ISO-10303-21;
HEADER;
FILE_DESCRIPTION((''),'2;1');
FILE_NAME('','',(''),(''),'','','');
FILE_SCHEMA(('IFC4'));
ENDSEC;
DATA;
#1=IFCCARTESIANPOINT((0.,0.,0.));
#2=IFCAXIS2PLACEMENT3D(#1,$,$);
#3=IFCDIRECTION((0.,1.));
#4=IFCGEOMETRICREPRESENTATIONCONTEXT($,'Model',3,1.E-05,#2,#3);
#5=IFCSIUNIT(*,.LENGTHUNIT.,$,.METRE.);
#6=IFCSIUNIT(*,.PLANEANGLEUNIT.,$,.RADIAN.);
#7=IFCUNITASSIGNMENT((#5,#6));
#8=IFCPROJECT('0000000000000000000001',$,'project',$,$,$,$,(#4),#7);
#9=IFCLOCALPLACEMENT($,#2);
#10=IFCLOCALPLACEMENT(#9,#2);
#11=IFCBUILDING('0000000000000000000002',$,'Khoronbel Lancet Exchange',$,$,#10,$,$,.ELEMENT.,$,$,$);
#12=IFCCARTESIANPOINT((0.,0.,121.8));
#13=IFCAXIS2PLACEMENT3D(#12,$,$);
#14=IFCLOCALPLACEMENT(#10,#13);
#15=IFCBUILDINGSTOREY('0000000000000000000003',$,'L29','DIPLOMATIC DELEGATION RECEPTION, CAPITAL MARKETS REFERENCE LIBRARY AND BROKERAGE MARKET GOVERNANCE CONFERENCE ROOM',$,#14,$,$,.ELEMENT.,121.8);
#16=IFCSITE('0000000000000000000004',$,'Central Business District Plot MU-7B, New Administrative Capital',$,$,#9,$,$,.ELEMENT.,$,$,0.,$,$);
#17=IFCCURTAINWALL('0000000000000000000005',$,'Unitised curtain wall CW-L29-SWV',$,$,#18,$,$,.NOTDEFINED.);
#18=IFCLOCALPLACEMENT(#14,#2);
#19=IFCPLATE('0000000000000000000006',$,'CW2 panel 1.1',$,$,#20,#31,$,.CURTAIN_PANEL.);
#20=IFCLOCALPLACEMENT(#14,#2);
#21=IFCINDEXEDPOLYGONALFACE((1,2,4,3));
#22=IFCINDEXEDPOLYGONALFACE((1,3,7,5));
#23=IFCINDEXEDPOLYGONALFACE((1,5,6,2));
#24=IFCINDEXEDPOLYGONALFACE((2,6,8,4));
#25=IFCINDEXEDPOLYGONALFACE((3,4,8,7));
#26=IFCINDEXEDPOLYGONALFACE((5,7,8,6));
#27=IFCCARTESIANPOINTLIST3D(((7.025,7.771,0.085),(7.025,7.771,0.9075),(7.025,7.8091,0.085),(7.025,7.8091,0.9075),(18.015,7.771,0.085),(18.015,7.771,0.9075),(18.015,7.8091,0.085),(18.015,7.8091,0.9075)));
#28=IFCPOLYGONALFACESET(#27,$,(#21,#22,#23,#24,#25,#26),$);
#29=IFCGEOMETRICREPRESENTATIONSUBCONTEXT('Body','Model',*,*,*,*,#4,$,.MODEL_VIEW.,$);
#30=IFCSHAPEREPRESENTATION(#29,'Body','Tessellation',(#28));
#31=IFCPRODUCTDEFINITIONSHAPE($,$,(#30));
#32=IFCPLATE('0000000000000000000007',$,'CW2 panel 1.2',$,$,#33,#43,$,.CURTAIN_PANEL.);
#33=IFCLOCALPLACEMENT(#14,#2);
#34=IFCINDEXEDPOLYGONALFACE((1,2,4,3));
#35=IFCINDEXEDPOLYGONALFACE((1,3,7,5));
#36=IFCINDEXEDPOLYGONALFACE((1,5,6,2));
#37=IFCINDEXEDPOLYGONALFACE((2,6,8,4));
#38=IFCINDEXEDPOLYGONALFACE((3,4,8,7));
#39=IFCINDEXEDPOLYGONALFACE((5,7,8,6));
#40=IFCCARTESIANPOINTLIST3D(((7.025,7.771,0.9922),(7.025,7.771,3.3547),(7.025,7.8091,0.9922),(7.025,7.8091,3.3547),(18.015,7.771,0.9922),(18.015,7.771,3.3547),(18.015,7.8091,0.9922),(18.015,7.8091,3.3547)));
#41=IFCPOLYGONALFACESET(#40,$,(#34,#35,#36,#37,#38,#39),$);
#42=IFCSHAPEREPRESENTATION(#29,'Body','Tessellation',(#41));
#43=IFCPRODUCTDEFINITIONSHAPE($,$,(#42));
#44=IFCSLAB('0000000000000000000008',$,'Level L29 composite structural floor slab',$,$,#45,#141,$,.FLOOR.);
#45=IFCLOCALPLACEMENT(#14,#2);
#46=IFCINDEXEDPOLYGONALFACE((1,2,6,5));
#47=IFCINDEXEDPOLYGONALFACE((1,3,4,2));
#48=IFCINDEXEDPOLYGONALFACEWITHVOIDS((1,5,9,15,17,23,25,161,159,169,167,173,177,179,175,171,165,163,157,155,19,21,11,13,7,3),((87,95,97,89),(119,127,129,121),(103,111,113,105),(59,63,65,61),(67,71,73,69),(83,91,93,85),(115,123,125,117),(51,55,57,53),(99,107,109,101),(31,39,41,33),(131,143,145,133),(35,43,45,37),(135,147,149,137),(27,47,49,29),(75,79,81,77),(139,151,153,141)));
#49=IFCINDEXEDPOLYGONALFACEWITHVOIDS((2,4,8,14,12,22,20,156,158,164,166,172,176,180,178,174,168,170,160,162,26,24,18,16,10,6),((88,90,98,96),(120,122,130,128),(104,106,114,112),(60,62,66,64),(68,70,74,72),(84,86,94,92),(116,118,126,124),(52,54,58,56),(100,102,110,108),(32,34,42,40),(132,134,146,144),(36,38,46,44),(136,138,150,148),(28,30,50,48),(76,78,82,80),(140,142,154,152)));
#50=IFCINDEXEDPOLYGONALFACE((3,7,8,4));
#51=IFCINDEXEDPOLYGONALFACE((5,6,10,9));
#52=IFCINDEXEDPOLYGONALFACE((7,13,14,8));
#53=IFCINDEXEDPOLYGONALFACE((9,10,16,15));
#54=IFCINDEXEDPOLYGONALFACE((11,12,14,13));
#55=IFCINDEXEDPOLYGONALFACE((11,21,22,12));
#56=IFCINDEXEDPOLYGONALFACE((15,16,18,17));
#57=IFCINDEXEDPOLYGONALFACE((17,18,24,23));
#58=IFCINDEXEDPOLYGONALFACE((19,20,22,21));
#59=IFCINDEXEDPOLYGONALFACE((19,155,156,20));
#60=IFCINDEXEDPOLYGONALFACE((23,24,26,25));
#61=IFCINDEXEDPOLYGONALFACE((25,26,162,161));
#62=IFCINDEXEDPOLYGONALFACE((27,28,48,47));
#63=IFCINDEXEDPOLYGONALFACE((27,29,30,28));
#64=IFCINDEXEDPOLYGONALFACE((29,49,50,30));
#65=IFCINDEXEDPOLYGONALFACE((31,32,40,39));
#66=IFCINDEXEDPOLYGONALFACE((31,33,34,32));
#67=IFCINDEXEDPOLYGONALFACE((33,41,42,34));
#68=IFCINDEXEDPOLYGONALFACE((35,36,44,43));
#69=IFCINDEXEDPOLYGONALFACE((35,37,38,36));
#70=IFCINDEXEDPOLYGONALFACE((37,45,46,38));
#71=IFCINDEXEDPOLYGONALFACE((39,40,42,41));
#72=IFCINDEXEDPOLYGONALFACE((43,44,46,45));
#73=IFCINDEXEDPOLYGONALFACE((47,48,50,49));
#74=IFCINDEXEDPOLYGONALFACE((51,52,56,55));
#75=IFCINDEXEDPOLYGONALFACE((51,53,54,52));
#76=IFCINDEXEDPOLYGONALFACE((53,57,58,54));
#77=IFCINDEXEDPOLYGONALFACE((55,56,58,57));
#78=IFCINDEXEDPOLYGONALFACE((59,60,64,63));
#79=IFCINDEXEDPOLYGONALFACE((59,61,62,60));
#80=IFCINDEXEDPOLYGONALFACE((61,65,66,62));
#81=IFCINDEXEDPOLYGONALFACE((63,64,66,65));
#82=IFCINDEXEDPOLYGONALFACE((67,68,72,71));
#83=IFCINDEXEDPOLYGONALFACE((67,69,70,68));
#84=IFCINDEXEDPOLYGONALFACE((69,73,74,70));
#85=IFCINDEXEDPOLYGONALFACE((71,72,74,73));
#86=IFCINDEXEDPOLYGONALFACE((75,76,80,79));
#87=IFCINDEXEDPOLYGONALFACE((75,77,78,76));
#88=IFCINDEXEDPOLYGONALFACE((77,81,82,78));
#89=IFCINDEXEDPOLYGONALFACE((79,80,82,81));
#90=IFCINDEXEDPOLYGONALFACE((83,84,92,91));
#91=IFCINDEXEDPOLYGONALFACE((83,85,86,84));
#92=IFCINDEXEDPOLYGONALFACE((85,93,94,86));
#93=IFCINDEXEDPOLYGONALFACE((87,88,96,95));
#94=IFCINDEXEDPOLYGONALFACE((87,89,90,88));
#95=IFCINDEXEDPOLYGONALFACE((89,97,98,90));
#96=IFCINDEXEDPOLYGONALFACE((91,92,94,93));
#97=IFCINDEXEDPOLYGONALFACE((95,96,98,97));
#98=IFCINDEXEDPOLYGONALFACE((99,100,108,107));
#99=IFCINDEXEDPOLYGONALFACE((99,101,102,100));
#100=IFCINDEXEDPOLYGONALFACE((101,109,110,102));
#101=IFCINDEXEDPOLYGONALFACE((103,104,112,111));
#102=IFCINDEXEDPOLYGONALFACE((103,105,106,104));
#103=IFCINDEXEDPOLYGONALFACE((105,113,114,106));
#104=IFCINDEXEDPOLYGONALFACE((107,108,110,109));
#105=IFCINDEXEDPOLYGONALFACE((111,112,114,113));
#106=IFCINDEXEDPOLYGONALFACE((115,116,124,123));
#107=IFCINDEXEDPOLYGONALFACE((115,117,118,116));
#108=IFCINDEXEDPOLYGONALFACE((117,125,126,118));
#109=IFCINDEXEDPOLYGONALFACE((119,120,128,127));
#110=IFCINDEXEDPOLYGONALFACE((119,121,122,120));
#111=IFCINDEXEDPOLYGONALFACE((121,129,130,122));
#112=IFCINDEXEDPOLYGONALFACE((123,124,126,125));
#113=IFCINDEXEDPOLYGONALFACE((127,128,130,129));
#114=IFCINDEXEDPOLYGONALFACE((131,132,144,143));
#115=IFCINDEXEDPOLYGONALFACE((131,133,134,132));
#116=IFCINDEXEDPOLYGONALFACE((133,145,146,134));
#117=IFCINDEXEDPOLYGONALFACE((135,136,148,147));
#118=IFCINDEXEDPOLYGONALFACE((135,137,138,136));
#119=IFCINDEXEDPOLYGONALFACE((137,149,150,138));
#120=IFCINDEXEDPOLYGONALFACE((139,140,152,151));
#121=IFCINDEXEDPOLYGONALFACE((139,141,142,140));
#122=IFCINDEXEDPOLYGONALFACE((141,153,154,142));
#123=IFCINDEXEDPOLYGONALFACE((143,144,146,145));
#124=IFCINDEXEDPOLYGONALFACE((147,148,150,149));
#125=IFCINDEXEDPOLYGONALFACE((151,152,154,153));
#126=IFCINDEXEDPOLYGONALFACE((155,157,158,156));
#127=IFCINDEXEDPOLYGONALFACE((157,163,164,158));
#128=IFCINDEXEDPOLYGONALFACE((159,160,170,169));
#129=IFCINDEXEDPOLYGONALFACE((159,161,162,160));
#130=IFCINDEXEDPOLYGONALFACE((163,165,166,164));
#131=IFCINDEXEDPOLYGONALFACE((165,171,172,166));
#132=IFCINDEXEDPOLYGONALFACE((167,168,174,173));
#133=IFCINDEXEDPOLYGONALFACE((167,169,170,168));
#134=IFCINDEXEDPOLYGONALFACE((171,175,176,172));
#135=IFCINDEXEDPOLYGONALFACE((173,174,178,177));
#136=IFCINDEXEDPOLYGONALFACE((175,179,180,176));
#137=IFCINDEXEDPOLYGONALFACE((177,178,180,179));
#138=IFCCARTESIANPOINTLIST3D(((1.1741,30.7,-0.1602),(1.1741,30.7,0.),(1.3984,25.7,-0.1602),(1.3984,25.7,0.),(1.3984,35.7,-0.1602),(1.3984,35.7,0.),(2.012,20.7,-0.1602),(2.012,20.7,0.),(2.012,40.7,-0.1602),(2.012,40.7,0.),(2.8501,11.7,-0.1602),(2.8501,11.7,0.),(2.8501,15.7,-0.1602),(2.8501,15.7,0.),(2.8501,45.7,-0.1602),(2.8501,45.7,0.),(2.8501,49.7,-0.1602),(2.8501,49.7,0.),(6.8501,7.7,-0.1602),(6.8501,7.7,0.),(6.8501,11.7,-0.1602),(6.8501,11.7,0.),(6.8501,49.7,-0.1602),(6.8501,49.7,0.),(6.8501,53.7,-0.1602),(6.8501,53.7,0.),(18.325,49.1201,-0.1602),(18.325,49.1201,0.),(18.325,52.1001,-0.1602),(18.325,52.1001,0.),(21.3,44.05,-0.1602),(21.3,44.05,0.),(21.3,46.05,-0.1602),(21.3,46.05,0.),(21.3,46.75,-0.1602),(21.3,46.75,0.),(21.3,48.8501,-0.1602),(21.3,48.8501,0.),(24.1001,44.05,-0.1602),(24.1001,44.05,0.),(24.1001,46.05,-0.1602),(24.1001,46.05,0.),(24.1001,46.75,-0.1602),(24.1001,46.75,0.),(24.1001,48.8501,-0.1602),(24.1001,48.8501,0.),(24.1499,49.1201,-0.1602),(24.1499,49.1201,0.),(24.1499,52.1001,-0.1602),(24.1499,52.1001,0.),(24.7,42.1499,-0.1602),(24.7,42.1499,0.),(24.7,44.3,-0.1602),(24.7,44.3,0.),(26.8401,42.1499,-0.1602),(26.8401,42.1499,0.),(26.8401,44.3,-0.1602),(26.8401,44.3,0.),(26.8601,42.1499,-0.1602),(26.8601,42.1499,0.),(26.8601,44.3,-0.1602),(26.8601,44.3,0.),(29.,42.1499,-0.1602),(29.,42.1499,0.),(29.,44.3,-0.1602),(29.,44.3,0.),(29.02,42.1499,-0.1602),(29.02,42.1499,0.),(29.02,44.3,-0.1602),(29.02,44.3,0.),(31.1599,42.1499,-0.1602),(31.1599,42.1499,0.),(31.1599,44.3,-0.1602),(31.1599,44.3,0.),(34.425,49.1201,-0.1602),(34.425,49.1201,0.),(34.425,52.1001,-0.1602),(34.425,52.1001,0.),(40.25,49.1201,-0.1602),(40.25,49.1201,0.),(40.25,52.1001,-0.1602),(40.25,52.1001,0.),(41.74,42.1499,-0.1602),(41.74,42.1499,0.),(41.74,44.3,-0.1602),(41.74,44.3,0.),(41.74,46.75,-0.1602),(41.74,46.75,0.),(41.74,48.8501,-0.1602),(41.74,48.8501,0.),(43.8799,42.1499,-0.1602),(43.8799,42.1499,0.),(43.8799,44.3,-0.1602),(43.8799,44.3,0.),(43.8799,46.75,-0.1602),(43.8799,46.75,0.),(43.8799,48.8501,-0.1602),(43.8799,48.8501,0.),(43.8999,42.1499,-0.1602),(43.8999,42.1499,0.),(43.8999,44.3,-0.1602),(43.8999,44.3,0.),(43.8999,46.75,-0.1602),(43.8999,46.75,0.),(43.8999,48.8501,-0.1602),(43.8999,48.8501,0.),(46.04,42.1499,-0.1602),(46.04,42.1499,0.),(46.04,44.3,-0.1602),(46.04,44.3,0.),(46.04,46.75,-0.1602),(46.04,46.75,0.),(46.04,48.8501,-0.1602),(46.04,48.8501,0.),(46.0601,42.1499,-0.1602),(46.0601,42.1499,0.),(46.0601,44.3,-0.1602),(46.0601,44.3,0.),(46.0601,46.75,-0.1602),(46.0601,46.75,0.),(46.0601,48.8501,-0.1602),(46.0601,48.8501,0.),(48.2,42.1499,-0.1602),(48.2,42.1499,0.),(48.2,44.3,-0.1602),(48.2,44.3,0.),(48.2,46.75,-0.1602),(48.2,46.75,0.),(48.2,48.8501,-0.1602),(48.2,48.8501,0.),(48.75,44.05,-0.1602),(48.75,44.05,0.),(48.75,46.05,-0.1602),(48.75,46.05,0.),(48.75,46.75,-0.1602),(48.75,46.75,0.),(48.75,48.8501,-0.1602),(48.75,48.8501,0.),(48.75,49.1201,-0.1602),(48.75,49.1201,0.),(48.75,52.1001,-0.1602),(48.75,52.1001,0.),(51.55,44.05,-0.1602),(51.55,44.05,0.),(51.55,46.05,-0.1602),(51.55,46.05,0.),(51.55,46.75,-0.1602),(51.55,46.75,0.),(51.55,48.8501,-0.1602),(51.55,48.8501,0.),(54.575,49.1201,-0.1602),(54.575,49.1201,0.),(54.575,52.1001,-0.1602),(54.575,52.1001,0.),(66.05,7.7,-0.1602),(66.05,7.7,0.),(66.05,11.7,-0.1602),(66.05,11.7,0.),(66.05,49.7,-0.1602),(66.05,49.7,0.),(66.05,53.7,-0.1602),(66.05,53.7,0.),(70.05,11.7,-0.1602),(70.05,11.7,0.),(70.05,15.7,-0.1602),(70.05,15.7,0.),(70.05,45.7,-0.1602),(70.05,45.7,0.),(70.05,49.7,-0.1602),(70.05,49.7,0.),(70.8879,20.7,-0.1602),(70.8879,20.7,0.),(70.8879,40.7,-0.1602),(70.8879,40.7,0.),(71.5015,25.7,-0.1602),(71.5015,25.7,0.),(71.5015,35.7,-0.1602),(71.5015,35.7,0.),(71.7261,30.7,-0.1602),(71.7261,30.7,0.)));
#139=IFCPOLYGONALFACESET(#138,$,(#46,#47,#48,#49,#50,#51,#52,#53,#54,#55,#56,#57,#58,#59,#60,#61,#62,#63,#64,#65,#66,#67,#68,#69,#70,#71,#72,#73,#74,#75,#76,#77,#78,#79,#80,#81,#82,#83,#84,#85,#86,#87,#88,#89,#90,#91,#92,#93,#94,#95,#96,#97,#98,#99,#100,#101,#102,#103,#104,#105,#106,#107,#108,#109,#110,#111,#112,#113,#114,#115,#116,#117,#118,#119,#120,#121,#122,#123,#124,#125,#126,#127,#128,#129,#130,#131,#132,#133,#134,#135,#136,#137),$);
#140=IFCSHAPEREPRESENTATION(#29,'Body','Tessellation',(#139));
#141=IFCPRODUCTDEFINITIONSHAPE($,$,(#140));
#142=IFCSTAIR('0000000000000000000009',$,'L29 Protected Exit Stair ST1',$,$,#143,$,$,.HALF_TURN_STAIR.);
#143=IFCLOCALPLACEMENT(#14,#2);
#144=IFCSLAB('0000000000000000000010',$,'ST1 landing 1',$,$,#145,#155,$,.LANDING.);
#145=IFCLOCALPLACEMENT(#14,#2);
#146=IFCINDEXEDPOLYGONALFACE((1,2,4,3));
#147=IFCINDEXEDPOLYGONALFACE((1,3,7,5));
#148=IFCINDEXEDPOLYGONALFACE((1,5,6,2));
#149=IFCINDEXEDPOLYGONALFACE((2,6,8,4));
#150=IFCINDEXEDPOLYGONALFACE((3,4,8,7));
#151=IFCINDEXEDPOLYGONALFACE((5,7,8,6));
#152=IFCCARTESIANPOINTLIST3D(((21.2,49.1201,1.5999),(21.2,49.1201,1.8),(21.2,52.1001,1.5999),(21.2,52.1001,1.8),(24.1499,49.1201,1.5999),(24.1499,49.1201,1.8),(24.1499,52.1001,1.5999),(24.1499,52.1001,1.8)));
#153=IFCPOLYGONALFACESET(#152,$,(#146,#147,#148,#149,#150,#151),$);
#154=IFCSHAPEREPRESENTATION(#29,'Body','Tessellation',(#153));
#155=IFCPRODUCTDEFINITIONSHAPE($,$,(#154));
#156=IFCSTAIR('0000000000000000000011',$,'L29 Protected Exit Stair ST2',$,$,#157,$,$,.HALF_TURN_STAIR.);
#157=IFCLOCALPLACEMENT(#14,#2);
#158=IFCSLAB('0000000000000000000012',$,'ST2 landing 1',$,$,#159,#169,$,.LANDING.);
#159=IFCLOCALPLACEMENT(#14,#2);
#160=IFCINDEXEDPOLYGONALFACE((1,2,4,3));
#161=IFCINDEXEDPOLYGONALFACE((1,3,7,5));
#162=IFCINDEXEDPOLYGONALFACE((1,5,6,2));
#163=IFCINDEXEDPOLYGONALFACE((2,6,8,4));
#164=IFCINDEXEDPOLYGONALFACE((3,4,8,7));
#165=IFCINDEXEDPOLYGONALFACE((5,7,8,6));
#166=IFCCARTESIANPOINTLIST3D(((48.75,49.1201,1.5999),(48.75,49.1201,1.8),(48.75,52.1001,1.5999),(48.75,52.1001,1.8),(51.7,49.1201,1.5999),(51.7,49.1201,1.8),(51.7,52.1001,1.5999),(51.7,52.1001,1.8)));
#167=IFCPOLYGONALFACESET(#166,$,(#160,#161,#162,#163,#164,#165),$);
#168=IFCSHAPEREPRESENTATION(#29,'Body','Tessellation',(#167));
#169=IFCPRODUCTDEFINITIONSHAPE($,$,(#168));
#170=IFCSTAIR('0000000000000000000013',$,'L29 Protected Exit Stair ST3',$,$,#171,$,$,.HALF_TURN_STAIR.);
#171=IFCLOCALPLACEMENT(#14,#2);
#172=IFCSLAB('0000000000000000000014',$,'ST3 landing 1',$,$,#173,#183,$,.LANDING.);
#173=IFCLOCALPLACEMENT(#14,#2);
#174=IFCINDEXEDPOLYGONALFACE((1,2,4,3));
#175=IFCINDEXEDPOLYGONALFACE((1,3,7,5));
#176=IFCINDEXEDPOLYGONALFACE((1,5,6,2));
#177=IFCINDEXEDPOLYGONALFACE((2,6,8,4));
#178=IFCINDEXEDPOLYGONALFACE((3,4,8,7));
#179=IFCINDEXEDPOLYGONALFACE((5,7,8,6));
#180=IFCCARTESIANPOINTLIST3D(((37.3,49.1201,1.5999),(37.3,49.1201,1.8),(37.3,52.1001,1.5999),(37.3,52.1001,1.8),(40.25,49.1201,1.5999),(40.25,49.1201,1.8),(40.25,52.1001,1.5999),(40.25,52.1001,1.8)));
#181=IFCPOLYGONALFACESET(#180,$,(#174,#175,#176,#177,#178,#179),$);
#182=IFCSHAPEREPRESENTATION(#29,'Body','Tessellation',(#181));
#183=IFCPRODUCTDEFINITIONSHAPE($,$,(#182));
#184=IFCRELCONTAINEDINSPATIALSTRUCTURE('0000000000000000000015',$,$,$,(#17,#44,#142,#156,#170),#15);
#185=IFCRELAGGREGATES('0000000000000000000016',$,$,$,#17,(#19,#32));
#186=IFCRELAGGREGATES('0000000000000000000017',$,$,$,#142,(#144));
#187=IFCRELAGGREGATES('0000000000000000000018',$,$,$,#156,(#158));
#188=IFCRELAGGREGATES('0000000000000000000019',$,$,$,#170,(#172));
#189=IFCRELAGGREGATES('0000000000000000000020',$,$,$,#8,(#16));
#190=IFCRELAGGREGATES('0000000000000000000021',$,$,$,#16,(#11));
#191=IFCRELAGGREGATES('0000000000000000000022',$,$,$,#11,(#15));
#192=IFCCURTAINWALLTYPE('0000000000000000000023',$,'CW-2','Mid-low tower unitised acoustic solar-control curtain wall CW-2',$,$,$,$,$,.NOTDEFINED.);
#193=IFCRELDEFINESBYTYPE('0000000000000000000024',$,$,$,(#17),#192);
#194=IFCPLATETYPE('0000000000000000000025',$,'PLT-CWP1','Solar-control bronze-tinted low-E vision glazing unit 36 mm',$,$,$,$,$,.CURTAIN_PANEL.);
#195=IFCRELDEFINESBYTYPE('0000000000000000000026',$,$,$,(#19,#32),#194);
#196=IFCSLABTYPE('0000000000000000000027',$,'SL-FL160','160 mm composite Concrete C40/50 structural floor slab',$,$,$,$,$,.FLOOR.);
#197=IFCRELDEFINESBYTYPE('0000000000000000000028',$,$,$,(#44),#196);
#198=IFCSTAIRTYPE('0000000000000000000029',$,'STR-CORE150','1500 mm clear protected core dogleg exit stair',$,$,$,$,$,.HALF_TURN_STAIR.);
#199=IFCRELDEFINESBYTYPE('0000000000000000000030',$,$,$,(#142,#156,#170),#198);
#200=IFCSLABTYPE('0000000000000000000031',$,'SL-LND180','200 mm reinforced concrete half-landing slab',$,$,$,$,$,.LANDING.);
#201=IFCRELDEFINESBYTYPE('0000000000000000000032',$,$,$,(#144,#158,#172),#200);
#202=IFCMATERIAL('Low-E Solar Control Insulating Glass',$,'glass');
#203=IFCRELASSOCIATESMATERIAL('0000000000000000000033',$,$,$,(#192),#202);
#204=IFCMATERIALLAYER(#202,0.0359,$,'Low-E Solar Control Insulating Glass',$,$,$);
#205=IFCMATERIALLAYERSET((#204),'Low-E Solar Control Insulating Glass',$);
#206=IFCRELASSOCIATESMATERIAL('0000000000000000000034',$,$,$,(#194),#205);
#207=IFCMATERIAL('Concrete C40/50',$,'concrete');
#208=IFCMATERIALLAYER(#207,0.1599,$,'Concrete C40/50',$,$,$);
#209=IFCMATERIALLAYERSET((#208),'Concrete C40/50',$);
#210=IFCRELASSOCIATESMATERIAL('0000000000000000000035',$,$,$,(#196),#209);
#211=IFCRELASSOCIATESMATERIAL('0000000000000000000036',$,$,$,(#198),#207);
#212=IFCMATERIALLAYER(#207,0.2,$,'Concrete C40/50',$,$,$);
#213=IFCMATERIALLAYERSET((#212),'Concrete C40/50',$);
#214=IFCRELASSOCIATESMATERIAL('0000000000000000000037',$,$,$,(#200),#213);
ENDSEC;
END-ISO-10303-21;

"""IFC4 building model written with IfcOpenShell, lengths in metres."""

from ifc_helpers import new_model, si_unit, direction, frame, origin, origin_2d, place, context, subcontext, project, spatial, polyline, rectangle, outline, extrude, material, layer, layer_set, type_object, element, aggregate, save


model = new_model("IFC4")

# Units and contexts
model_context = context("Model", 3, precision=1e-05, world=origin(), true_north=direction((0.0, 1.0)))
body_context = subcontext(model_context, "Body", "Model", "MODEL_VIEW")
ifc_project = project(units=[si_unit("LENGTHUNIT", "METRE"), si_unit("PLANEANGLEUNIT", "RADIAN")], contexts=[model_context])

# Site, building, storey
site_placement = place(None, origin())
site = spatial("IfcSite", under=ifc_project, at=site_placement, Name="Central Business District Plot MU-7B, New Administrative Capital", CompositionType="ELEMENT", RefElevation=0.0)
building_placement = place(site_placement, origin())
building = spatial("IfcBuilding", under=site, at=building_placement, Name="Khoronbel Lancet Exchange", CompositionType="ELEMENT")
storey_placement = place(building_placement, frame((0.0, 0.0, 121.8)))
storey = spatial("IfcBuildingStorey", under=building, at=storey_placement, Name="L29", Description="DIPLOMATIC DELEGATION RECEPTION, CAPITAL MARKETS REFERENCE LIBRARY AND BROKERAGE MARKET GOVERNANCE CONFERENCE ROOM", CompositionType="ELEMENT", Elevation=121.8)

# Curtain wall
ifc_material_1 = material(Name="Low-E Solar Control Insulating Glass", Category="glass")
curtain_wall_type = type_object("IfcCurtainWallType", Name="CW-2", Description="Mid-low tower unitised acoustic solar-control curtain wall CW-2", PredefinedType="NOTDEFINED", material=ifc_material_1)
curtain_wall_1_placement = place(storey_placement, origin())
curtain_wall_1 = element("IfcCurtainWall", 1, at=curtain_wall_1_placement, inside=storey, type_object=curtain_wall_type, Name="Unitised curtain wall CW-L29-SWV", PredefinedType="NOTDEFINED")

# Plates
ifc_layer_1 = layer(ifc_material_1, 0.0359, Name="Low-E Solar Control Insulating Glass")
ifc_layer_set_1 = layer_set([ifc_layer_1], Name="Low-E Solar Control Insulating Glass")
plate_type = type_object("IfcPlateType", Name="PLT-CWP1", Description="Solar-control bronze-tinted low-E vision glazing unit 36 mm", PredefinedType="CURTAIN_PANEL", material=ifc_layer_set_1)
plate_1_placement = place(storey_placement, frame((12.52, 7.79, 0.085), z_axis=(0.0, 0.0, 1.0), x_axis=(1.0, 0.0, 0.0)))
plate_1 = element("IfcPlate", 2, at=plate_1_placement, type_object=plate_type, Name="CW2 panel 1.1", PredefinedType="CURTAIN_PANEL", context=body_context, shape_type="SweptSolid", body=[
    extrude(rectangle(XDim=10.99, YDim=0.0381, at=origin_2d()), origin(), (0.0, 0.0, 1.0), 0.8225),
])
plate_2_placement = place(storey_placement, frame((12.52, 7.79, 0.9922), z_axis=(0.0, 0.0, 1.0), x_axis=(1.0, 0.0, 0.0)))
plate_2 = element("IfcPlate", 3, at=plate_2_placement, type_object=plate_type, Name="CW2 panel 1.2", PredefinedType="CURTAIN_PANEL", context=body_context, shape_type="SweptSolid", body=[
    extrude(rectangle(XDim=10.99, YDim=0.0381, at=origin_2d()), origin(), (0.0, 0.0, 1.0), 2.3625),
])
aggregate(curtain_wall_1, [plate_1, plate_2])

# Slab
ifc_material_2 = material(Name="Concrete C40/50", Category="concrete")
ifc_layer_2 = layer(ifc_material_2, 0.1599, Name="Concrete C40/50")
ifc_layer_set_2 = layer_set([ifc_layer_2], Name="Concrete C40/50")
slab_type_1 = type_object("IfcSlabType", Name="SL-FL160", Description="160 mm composite Concrete C40/50 structural floor slab", PredefinedType="FLOOR", material=ifc_layer_set_2)
slab_1_placement = place(storey_placement, frame((0.0, 0.0, -0.1602)))
element("IfcSlab", 4, at=slab_1_placement, inside=storey, type_object=slab_type_1, Name="Level L29 composite structural floor slab", PredefinedType="FLOOR", context=body_context, shape_type="SweptSolid", body=[
    extrude(outline(polyline([(6.8501, 7.7), (66.05, 7.7), (66.05, 11.7), (70.05, 11.7), (70.05, 15.7), (70.8879, 20.7), (71.5015, 25.7), (71.7261, 30.7), (71.5015, 35.7), (70.8879, 40.7), (70.05, 45.7), (70.05, 49.7), (66.05, 49.7), (66.05, 53.7), (6.8501, 53.7), (6.8501, 49.7), (2.8501, 49.7), (2.8501, 45.7), (2.012, 40.7), (1.3984, 35.7), (1.1741, 30.7), (1.3984, 25.7), (2.012, 20.7), (2.8501, 15.7), (2.8501, 11.7), (6.8501, 11.7), (6.8501, 7.7)]), holes=[polyline([(18.325, 49.1201), (24.1499, 49.1201), (24.1499, 52.1001), (18.325, 52.1001), (18.325, 49.1201)]), polyline([(48.75, 49.1201), (54.575, 49.1201), (54.575, 52.1001), (48.75, 52.1001), (48.75, 49.1201)]), polyline([(34.425, 49.1201), (40.25, 49.1201), (40.25, 52.1001), (34.425, 52.1001), (34.425, 49.1201)]), polyline([(24.7, 42.1499), (26.8401, 42.1499), (26.8401, 44.3), (24.7, 44.3), (24.7, 42.1499)]), polyline([(26.8601, 42.1499), (29.0, 42.1499), (29.0, 44.3), (26.8601, 44.3), (26.8601, 42.1499)]), polyline([(29.02, 42.1499), (31.1599, 42.1499), (31.1599, 44.3), (29.02, 44.3), (29.02, 42.1499)]), polyline([(41.74, 46.75), (43.8799, 46.75), (43.8799, 48.8501), (41.74, 48.8501), (41.74, 46.75)]), polyline([(43.8999, 46.75), (46.04, 46.75), (46.04, 48.8501), (43.8999, 48.8501), (43.8999, 46.75)]), polyline([(46.0601, 46.75), (48.2, 46.75), (48.2, 48.8501), (46.0601, 48.8501), (46.0601, 46.75)]), polyline([(41.74, 42.1499), (43.8799, 42.1499), (43.8799, 44.3), (41.74, 44.3), (41.74, 42.1499)]), polyline([(43.8999, 42.1499), (46.04, 42.1499), (46.04, 44.3), (43.8999, 44.3), (43.8999, 42.1499)]), polyline([(46.0601, 42.1499), (48.2, 42.1499), (48.2, 44.3), (46.0601, 44.3), (46.0601, 42.1499)]), polyline([(21.3, 46.75), (24.1001, 46.75), (24.1001, 48.8501), (21.3, 48.8501), (21.3, 46.75)]), polyline([(48.75, 46.75), (51.55, 46.75), (51.55, 48.8501), (48.75, 48.8501), (48.75, 46.75)]), polyline([(21.3, 44.05), (24.1001, 44.05), (24.1001, 46.05), (21.3, 46.05), (21.3, 44.05)]), polyline([(48.75, 44.05), (51.55, 44.05), (51.55, 46.05), (48.75, 46.05), (48.75, 44.05)])]), origin(), (0.0, 0.0, 1.0), 0.1602),
])

# Stairs, slabs
stair_type = type_object("IfcStairType", Name="STR-CORE150", Description="1500 mm clear protected core dogleg exit stair", PredefinedType="HALF_TURN_STAIR", material=ifc_material_2)
stair_1_placement = place(storey_placement, origin())
stair_1 = element("IfcStair", 5, at=stair_1_placement, inside=storey, type_object=stair_type, Name="L29 Protected Exit Stair ST1", PredefinedType="HALF_TURN_STAIR")
ifc_layer_3 = layer(ifc_material_2, 0.2, Name="Concrete C40/50")
ifc_layer_set_3 = layer_set([ifc_layer_3], Name="Concrete C40/50")
slab_type_2 = type_object("IfcSlabType", Name="SL-LND180", Description="200 mm reinforced concrete half-landing slab", PredefinedType="LANDING", material=ifc_layer_set_3)
slab_2_placement = place(storey_placement, frame((0.0, 0.0, 1.5999)))
slab_2 = element("IfcSlab", 6, at=slab_2_placement, type_object=slab_type_2, Name="ST1 landing 1", PredefinedType="LANDING", context=body_context, shape_type="SweptSolid", body=[
    extrude(outline(polyline([(21.2, 49.1201), (24.1499, 49.1201), (24.1499, 52.1001), (21.2, 52.1001), (21.2, 49.1201)])), origin(), (0.0, 0.0, 1.0), 0.2002),
])
aggregate(stair_1, [slab_2])
stair_2_placement = place(storey_placement, origin())
stair_2 = element("IfcStair", 7, at=stair_2_placement, inside=storey, type_object=stair_type, Name="L29 Protected Exit Stair ST2", PredefinedType="HALF_TURN_STAIR")
slab_3_placement = place(storey_placement, frame((0.0, 0.0, 1.5999)))
slab_3 = element("IfcSlab", 8, at=slab_3_placement, type_object=slab_type_2, Name="ST2 landing 1", PredefinedType="LANDING", context=body_context, shape_type="SweptSolid", body=[
    extrude(outline(polyline([(51.7, 52.1001), (48.75, 52.1001), (48.75, 49.1201), (51.7, 49.1201), (51.7, 52.1001)])), origin(), (0.0, 0.0, 1.0), 0.2002),
])
aggregate(stair_2, [slab_3])
stair_3_placement = place(storey_placement, origin())
stair_3 = element("IfcStair", 9, at=stair_3_placement, inside=storey, type_object=stair_type, Name="L29 Protected Exit Stair ST3", PredefinedType="HALF_TURN_STAIR")
slab_4_placement = place(storey_placement, frame((0.0, 0.0, 1.5999)))
slab_4 = element("IfcSlab", 10, at=slab_4_placement, type_object=slab_type_2, Name="ST3 landing 1", PredefinedType="LANDING", context=body_context, shape_type="SweptSolid", body=[
    extrude(outline(polyline([(37.3, 49.1201), (40.25, 49.1201), (40.25, 52.1001), (37.3, 52.1001), (37.3, 49.1201)])), origin(), (0.0, 0.0, 1.0), 0.2002),
])
aggregate(stair_3, [slab_4])

save(model, "model.ifc")
